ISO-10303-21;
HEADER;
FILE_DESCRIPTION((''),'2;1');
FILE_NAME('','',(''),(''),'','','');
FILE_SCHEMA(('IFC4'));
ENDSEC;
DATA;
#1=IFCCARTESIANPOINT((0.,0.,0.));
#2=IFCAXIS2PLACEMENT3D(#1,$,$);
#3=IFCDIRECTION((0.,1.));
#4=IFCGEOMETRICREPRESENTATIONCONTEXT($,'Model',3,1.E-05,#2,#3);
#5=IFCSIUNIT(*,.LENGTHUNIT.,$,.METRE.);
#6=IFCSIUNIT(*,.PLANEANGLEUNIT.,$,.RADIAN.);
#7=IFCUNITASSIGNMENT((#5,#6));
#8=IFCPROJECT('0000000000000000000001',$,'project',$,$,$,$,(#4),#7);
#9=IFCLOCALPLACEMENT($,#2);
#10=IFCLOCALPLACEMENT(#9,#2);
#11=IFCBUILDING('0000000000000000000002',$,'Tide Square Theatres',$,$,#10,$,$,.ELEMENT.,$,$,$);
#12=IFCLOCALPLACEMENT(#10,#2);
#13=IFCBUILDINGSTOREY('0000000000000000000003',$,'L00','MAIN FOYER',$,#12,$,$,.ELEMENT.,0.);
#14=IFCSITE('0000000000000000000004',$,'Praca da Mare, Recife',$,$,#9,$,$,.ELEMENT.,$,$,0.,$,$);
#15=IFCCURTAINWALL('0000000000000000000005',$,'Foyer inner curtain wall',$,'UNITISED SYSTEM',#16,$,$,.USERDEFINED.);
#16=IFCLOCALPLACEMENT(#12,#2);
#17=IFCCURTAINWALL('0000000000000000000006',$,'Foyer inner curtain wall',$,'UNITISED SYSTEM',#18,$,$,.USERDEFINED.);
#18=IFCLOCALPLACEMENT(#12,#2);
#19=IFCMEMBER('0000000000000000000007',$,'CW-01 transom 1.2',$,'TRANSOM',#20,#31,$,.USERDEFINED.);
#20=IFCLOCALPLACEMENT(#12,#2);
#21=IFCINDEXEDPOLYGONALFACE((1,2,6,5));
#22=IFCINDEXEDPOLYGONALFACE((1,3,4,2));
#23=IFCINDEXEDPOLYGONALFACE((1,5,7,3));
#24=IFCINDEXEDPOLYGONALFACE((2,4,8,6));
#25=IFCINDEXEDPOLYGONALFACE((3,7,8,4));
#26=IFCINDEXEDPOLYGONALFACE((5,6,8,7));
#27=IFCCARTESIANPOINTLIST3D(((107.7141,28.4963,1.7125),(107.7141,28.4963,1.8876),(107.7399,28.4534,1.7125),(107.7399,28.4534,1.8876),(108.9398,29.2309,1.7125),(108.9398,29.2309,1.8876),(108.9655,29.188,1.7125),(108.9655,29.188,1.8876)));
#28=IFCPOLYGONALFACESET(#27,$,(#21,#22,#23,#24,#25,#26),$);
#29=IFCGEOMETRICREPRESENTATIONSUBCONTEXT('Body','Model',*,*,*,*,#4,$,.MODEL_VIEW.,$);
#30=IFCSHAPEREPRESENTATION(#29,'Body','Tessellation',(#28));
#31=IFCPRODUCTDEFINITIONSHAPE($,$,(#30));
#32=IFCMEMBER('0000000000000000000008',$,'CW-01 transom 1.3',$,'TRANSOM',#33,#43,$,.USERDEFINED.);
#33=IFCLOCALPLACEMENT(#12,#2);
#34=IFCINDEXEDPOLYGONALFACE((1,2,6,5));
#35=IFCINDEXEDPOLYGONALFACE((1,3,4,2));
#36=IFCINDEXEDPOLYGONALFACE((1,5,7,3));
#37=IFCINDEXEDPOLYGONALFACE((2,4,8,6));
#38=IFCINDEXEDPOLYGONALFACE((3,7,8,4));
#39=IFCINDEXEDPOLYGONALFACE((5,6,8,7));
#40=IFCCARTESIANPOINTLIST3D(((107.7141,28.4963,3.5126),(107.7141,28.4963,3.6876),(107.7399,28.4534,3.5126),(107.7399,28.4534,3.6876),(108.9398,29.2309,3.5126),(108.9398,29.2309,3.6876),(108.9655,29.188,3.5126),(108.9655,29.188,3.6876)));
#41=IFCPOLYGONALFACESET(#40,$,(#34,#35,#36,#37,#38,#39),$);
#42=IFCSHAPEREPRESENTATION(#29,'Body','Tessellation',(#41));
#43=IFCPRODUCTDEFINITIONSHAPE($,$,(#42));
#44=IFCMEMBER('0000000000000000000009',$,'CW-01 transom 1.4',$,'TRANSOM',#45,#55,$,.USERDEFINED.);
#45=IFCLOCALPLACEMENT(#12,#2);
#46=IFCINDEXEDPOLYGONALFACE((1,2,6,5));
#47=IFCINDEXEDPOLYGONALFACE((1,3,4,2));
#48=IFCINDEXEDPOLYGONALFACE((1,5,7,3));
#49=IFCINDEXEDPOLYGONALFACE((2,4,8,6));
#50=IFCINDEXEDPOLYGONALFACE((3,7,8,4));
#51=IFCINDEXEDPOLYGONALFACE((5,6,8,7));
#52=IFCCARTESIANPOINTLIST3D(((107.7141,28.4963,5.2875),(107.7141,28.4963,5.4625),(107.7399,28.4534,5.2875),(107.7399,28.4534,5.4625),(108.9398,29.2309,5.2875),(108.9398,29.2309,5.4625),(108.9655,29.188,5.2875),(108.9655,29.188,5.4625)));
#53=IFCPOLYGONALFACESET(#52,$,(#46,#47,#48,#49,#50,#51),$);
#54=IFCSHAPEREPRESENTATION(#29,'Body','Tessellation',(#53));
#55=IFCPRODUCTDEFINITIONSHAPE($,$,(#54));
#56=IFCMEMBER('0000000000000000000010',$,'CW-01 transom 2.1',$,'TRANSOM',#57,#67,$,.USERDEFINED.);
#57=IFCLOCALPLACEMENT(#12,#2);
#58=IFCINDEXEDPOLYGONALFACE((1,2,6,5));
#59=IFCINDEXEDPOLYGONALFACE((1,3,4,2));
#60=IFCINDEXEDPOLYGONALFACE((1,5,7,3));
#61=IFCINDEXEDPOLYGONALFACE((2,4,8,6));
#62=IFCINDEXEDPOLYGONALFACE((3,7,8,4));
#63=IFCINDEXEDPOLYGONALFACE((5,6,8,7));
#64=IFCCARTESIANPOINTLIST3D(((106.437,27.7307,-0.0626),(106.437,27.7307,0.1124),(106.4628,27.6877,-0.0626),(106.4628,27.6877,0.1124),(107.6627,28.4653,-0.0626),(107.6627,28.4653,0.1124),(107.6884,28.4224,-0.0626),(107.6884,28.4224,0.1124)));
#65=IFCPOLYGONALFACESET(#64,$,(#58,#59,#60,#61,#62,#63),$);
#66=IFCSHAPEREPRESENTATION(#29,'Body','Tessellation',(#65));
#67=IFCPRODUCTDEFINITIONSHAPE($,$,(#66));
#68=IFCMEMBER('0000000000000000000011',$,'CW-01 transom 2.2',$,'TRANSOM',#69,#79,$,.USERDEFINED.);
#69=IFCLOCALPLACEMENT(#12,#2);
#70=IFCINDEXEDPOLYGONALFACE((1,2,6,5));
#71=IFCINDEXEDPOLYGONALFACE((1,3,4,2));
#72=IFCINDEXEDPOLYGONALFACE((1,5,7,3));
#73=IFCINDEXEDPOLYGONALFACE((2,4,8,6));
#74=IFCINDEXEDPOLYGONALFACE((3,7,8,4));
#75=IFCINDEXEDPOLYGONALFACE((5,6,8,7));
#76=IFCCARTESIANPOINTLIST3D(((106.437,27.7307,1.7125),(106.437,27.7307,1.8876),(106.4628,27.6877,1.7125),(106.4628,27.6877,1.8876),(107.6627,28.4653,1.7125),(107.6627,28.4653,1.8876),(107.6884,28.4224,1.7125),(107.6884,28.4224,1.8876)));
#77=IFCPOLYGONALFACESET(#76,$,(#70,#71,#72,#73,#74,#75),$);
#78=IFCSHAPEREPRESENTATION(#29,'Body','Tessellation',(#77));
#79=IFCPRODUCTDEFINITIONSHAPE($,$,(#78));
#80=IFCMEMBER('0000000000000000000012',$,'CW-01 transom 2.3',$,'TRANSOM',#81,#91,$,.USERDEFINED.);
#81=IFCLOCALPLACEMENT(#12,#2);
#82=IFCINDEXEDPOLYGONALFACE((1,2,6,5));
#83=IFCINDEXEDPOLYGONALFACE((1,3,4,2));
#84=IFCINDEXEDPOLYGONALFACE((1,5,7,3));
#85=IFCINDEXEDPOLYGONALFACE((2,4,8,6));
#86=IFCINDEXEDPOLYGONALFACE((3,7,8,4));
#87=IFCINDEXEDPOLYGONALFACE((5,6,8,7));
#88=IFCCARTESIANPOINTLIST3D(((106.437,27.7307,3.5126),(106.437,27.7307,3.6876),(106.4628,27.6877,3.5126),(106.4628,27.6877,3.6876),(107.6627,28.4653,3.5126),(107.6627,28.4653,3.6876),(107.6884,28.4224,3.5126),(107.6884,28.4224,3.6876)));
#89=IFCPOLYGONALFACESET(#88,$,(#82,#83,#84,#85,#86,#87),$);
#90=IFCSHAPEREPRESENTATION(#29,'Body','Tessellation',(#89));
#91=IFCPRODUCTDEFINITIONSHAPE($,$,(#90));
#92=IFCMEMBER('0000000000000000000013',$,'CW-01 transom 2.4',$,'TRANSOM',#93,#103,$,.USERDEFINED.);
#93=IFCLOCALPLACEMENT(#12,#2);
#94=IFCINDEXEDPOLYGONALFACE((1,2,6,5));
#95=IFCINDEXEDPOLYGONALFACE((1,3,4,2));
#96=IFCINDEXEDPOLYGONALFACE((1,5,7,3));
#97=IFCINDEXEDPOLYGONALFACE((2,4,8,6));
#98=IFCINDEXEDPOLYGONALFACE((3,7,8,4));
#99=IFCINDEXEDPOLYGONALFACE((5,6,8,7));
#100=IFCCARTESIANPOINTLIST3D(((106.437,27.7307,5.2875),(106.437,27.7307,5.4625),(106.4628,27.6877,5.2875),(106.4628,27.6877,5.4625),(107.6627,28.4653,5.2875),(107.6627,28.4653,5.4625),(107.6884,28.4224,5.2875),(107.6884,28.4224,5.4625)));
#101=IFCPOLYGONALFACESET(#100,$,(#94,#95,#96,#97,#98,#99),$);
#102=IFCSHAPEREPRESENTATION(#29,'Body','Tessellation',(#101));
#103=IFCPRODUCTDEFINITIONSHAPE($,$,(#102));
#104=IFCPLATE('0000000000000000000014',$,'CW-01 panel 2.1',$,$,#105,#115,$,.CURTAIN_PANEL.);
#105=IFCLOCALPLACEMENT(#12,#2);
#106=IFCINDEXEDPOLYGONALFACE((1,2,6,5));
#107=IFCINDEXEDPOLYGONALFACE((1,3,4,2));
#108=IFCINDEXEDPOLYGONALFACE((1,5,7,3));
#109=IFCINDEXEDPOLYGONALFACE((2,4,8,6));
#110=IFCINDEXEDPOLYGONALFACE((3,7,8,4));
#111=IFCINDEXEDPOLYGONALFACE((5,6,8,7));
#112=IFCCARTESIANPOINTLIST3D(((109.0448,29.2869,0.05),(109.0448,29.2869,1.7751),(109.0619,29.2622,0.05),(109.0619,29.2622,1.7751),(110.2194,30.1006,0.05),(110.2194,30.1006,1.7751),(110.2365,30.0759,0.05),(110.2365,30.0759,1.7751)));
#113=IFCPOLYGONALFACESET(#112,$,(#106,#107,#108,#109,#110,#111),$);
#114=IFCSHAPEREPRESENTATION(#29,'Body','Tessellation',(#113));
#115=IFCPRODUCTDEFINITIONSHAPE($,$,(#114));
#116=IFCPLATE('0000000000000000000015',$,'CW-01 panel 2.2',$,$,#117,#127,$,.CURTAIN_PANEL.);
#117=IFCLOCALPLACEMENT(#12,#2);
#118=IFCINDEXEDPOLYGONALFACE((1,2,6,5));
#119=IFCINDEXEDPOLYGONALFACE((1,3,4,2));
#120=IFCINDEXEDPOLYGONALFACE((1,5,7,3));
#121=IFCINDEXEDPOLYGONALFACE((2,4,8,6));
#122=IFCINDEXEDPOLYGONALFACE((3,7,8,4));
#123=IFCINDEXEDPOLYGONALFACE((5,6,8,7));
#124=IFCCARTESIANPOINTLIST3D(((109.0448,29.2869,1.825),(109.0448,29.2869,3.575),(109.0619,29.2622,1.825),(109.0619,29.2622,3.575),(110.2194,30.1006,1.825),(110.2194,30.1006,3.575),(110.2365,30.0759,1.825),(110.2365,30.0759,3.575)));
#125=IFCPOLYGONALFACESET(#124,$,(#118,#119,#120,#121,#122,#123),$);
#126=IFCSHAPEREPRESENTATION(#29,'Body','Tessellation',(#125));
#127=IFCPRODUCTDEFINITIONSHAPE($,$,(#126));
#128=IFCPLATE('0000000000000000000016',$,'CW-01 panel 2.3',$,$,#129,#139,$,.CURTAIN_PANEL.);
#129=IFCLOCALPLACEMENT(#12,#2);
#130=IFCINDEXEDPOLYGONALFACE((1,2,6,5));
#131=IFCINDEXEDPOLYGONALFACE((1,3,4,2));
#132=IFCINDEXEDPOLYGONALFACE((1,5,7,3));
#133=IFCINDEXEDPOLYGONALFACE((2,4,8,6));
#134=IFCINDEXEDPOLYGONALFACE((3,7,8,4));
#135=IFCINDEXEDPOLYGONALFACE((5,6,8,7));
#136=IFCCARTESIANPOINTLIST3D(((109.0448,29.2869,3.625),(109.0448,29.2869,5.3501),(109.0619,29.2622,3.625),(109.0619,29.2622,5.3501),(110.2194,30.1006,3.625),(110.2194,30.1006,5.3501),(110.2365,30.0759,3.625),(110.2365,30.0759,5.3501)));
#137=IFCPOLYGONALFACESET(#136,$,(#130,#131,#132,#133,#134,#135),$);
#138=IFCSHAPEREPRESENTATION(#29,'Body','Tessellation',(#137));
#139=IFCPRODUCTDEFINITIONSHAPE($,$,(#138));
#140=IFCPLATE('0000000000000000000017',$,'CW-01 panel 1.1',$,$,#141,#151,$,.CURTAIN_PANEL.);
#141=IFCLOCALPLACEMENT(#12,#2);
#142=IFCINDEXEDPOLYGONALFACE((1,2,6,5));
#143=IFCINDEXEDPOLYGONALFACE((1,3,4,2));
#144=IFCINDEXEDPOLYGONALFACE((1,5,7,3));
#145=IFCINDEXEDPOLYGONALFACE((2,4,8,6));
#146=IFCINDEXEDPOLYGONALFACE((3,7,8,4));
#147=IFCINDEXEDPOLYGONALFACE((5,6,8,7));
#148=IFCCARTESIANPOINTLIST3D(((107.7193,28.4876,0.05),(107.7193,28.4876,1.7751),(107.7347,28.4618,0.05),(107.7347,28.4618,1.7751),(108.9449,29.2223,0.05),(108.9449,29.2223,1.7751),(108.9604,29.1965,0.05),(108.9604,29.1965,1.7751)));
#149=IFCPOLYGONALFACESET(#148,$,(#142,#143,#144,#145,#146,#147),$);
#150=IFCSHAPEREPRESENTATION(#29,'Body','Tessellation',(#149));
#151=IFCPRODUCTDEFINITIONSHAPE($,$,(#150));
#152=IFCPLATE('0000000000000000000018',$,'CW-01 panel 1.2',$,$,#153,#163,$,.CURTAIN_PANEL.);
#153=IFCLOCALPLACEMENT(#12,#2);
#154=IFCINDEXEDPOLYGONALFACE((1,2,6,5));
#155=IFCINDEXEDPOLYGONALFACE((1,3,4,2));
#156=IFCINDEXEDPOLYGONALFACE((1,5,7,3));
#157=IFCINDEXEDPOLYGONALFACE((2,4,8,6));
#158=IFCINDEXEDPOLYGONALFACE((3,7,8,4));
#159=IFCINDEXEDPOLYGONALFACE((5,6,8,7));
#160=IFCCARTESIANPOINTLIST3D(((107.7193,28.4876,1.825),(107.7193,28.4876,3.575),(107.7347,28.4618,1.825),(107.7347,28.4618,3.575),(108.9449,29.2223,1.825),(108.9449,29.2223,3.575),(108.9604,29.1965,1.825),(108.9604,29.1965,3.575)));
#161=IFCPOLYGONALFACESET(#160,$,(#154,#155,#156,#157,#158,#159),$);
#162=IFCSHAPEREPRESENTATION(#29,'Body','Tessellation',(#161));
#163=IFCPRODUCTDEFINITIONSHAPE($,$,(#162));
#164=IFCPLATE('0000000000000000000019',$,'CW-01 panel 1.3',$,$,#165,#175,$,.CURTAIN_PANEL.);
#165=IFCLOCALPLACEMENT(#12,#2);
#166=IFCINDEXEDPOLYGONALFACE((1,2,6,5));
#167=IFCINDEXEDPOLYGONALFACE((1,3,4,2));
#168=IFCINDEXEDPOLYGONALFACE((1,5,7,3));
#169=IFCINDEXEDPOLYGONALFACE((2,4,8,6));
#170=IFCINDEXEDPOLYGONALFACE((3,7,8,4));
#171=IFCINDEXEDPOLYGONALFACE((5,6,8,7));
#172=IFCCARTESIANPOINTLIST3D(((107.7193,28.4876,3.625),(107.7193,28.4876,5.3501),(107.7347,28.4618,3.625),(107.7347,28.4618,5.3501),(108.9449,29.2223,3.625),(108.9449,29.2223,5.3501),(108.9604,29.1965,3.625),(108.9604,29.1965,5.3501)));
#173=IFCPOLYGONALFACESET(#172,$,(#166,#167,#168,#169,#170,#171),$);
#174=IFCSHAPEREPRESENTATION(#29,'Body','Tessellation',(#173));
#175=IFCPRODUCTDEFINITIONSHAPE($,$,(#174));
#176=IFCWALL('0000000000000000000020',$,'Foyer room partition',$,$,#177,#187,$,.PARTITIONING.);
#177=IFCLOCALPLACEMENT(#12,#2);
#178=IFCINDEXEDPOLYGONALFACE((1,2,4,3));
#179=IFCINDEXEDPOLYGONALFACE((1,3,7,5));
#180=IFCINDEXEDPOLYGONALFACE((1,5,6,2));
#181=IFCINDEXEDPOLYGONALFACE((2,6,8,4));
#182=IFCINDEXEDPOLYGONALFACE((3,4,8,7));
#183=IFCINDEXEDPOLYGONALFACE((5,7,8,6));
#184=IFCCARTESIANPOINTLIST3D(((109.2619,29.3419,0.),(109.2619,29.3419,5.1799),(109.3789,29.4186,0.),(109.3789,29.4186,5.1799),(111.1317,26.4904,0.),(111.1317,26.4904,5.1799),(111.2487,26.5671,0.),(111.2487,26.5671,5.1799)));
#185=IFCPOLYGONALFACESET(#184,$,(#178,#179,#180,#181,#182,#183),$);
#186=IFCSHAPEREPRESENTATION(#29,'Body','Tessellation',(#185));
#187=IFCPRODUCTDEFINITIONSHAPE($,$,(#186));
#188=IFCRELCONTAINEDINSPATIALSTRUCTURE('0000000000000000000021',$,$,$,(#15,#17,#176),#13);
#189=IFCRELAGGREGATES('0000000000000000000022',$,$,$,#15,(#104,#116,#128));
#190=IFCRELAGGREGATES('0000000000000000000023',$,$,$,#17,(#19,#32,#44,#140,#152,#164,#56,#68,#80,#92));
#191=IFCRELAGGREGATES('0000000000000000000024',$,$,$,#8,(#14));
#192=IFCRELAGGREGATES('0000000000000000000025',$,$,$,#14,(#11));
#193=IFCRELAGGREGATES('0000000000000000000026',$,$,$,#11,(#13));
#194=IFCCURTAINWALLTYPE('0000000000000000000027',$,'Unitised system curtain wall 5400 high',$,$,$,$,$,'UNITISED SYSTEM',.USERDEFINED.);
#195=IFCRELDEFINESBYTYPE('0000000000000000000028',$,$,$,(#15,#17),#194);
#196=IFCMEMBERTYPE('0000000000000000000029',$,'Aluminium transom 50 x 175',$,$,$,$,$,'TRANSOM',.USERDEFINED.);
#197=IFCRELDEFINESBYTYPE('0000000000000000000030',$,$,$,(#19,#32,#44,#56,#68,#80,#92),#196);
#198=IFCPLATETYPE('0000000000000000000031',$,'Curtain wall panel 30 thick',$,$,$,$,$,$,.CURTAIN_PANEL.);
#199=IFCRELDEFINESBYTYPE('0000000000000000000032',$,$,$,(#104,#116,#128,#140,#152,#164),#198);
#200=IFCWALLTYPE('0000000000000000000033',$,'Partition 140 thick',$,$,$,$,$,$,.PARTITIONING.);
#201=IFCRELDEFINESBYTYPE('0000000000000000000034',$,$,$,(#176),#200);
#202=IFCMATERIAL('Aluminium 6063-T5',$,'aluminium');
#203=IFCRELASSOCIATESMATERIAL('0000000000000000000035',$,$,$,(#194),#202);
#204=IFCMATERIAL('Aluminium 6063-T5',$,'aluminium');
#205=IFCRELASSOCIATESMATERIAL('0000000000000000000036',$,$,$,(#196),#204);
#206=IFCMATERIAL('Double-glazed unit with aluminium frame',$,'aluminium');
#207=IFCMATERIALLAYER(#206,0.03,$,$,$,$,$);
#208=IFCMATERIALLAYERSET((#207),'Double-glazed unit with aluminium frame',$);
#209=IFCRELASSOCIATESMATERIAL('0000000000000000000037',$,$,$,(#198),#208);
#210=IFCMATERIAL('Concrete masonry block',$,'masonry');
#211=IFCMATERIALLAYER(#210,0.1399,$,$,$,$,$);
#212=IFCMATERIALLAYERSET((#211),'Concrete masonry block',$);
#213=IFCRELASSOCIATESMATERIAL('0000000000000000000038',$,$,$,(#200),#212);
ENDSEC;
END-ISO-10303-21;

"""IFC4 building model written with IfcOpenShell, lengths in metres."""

from ifc_helpers import new_model, si_unit, direction, frame, frame_2d, origin, origin_2d, place, context, subcontext, project, spatial, rectangle, extrude, material, layer, layer_set, material_profile, profile_set, type_object, element, aggregate, save


model = new_model("IFC4")

# Units and contexts
model_context = context("Model", 3, precision=1e-05, world=origin(), true_north=direction((0.0, 1.0)))
body_context = subcontext(model_context, "Body", "Model", "MODEL_VIEW")
ifc_project = project(units=[si_unit("LENGTHUNIT", "METRE"), si_unit("PLANEANGLEUNIT", "RADIAN")], contexts=[model_context])

# Site, building, storey
site_placement = place(None, origin())
site = spatial("IfcSite", under=ifc_project, at=site_placement, Name="Praca da Mare, Recife", CompositionType="ELEMENT", RefElevation=0.0)
building_placement = place(site_placement, origin())
building = spatial("IfcBuilding", under=site, at=building_placement, Name="Tide Square Theatres", CompositionType="ELEMENT")
storey_placement = place(building_placement, origin())
storey = spatial("IfcBuildingStorey", under=building, at=storey_placement, Name="L00", Description="MAIN FOYER", CompositionType="ELEMENT", Elevation=0.0)

# Curtain walls
ifc_material_1 = material(Name="Aluminium 6063-T5", Category="aluminium")
curtain_wall_type = type_object("IfcCurtainWallType", Name="Unitised system curtain wall 5400 high", ElementType="UNITISED SYSTEM", PredefinedType="USERDEFINED", material=ifc_material_1)
curtain_wall_1_placement = place(storey_placement, origin())
curtain_wall_1 = element("IfcCurtainWall", 1, at=curtain_wall_1_placement, inside=storey, type_object=curtain_wall_type, Name="Foyer inner curtain wall", ObjectType="UNITISED SYSTEM", PredefinedType="USERDEFINED")
curtain_wall_2_placement = place(storey_placement, origin())
curtain_wall_2 = element("IfcCurtainWall", 2, at=curtain_wall_2_placement, inside=storey, type_object=curtain_wall_type, Name="Foyer inner curtain wall", ObjectType="UNITISED SYSTEM", PredefinedType="USERDEFINED")

# Members
ifc_material_2 = material(Name="Aluminium 6063-T5", Category="aluminium")
ifc_material_profile_1 = material_profile(ifc_material_2, rectangle(XDim=0.05, YDim=0.175, at=origin_2d()))
ifc_profile_set_1 = profile_set([ifc_material_profile_1], Name="Aluminium 6063-T5")
member_type_1 = type_object("IfcMemberType", Name="Aluminium transom 50 x 175", ElementType="TRANSOM", PredefinedType="USERDEFINED", material=ifc_profile_set_1)
member_1_placement = place(storey_placement, frame((108.9526, 29.2095, 1.8), z_axis=(-0.857719, -0.514119, 0.0), x_axis=(0.514119, -0.857719, 0.0)))
member_1 = element("IfcMember", 3, at=member_1_placement, type_object=member_type_1, Name="CW-01 transom 1.2", ObjectType="TRANSOM", PredefinedType="USERDEFINED", context=body_context, shape_type="SweptSolid", body=[
    extrude(rectangle(XDim=0.05, YDim=0.175, at=origin_2d()), origin(), (0.0, 0.0, 1.0), 1.429),
])
member_2_placement = place(storey_placement, frame((108.9526, 29.2095, 3.6001), z_axis=(-0.857719, -0.514119, 0.0), x_axis=(0.514119, -0.857719, 0.0)))
member_2 = element("IfcMember", 4, at=member_2_placement, type_object=member_type_1, Name="CW-01 transom 1.3", ObjectType="TRANSOM", PredefinedType="USERDEFINED", context=body_context, shape_type="SweptSolid", body=[
    extrude(rectangle(XDim=0.05, YDim=0.175, at=origin_2d()), origin(), (0.0, 0.0, 1.0), 1.429),
])
member_3_placement = place(storey_placement, frame((108.9526, 29.2095, 5.375), z_axis=(-0.857719, -0.514119, 0.0), x_axis=(0.514119, -0.857719, 0.0)))
member_3 = element("IfcMember", 5, at=member_3_placement, type_object=member_type_1, Name="CW-01 transom 1.4", ObjectType="TRANSOM", PredefinedType="USERDEFINED", context=body_context, shape_type="SweptSolid", body=[
    extrude(rectangle(XDim=0.05, YDim=0.175, at=origin_2d()), origin(), (0.0, 0.0, 1.0), 1.429),
])
member_4_placement = place(storey_placement, frame((107.6755, 28.4438, 0.0249), z_axis=(-0.857719, -0.514119, 0.0), x_axis=(0.514119, -0.857719, 0.0)))
member_4 = element("IfcMember", 6, at=member_4_placement, type_object=member_type_1, Name="CW-01 transom 2.1", ObjectType="TRANSOM", PredefinedType="USERDEFINED", context=body_context, shape_type="SweptSolid", body=[
    extrude(rectangle(XDim=0.05, YDim=0.175, at=origin_2d()), origin(), (0.0, 0.0, 1.0), 1.429),
])
member_5_placement = place(storey_placement, frame((107.6755, 28.4438, 1.8), z_axis=(-0.857719, -0.514119, 0.0), x_axis=(0.514119, -0.857719, 0.0)))
member_5 = element("IfcMember", 7, at=member_5_placement, type_object=member_type_1, Name="CW-01 transom 2.2", ObjectType="TRANSOM", PredefinedType="USERDEFINED", context=body_context, shape_type="SweptSolid", body=[
    extrude(rectangle(XDim=0.05, YDim=0.175, at=origin_2d()), origin(), (0.0, 0.0, 1.0), 1.429),
])
member_6_placement = place(storey_placement, frame((107.6755, 28.4438, 3.6001), z_axis=(-0.857719, -0.514119, 0.0), x_axis=(0.514119, -0.857719, 0.0)))
member_6 = element("IfcMember", 8, at=member_6_placement, type_object=member_type_1, Name="CW-01 transom 2.3", ObjectType="TRANSOM", PredefinedType="USERDEFINED", context=body_context, shape_type="SweptSolid", body=[
    extrude(rectangle(XDim=0.05, YDim=0.175, at=origin_2d()), origin(), (0.0, 0.0, 1.0), 1.429),
])
member_7_placement = place(storey_placement, frame((107.6755, 28.4438, 5.375), z_axis=(-0.857719, -0.514119, 0.0), x_axis=(0.514119, -0.857719, 0.0)))
member_7 = element("IfcMember", 9, at=member_7_placement, type_object=member_type_1, Name="CW-01 transom 2.4", ObjectType="TRANSOM", PredefinedType="USERDEFINED", context=body_context, shape_type="SweptSolid", body=[
    extrude(rectangle(XDim=0.05, YDim=0.175, at=origin_2d()), origin(), (0.0, 0.0, 1.0), 1.429),
])

# Plates
ifc_material_3 = material(Name="Double-glazed unit with aluminium frame", Category="aluminium")
ifc_layer_1 = layer(ifc_material_3, 0.03)
ifc_layer_set_1 = layer_set([ifc_layer_1], Name="Double-glazed unit with aluminium frame")
plate_type = type_object("IfcPlateType", Name="Curtain wall panel 30 thick", PredefinedType="CURTAIN_PANEL", material=ifc_layer_set_1)
plate_1_placement = place(storey_placement, frame((109.6406, 29.6814, 0.05), z_axis=(0.0, 0.0, 1.0), x_axis=(-0.822012, -0.56947, 0.0)))
plate_1 = element("IfcPlate", 10, at=plate_1_placement, type_object=plate_type, Name="CW-01 panel 2.1", PredefinedType="CURTAIN_PANEL", context=body_context, shape_type="SweptSolid", body=[
    extrude(rectangle(XDim=1.429, YDim=0.03, at=origin_2d()), origin(), (0.0, 0.0, 1.0), 1.7251),
])
plate_2_placement = place(storey_placement, frame((109.6406, 29.6814, 1.825), z_axis=(0.0, 0.0, 1.0), x_axis=(-0.822012, -0.56947, 0.0)))
plate_2 = element("IfcPlate", 11, at=plate_2_placement, type_object=plate_type, Name="CW-01 panel 2.2", PredefinedType="CURTAIN_PANEL", context=body_context, shape_type="SweptSolid", body=[
    extrude(rectangle(XDim=1.429, YDim=0.03, at=origin_2d()), origin(), (0.0, 0.0, 1.0), 1.75),
])
plate_3_placement = place(storey_placement, frame((109.6406, 29.6814, 3.625), z_axis=(0.0, 0.0, 1.0), x_axis=(-0.822012, -0.56947, 0.0)))
plate_3 = element("IfcPlate", 12, at=plate_3_placement, type_object=plate_type, Name="CW-01 panel 2.3", PredefinedType="CURTAIN_PANEL", context=body_context, shape_type="SweptSolid", body=[
    extrude(rectangle(XDim=1.429, YDim=0.03, at=origin_2d()), origin(), (0.0, 0.0, 1.0), 1.7251),
])
aggregate(curtain_wall_1, [plate_1, plate_2, plate_3])
plate_4_placement = place(storey_placement, frame((108.3398, 28.842, 0.05), z_axis=(0.0, 0.0, 1.0), x_axis=(-0.857714, -0.514128, 0.0)))
plate_4 = element("IfcPlate", 13, at=plate_4_placement, type_object=plate_type, Name="CW-01 panel 1.1", PredefinedType="CURTAIN_PANEL", context=body_context, shape_type="SweptSolid", body=[
    extrude(rectangle(XDim=1.429, YDim=0.03, at=origin_2d()), origin(), (0.0, 0.0, 1.0), 1.7251),
])
plate_5_placement = place(storey_placement, frame((108.3398, 28.842, 1.825), z_axis=(0.0, 0.0, 1.0), x_axis=(-0.857714, -0.514128, 0.0)))
plate_5 = element("IfcPlate", 14, at=plate_5_placement, type_object=plate_type, Name="CW-01 panel 1.2", PredefinedType="CURTAIN_PANEL", context=body_context, shape_type="SweptSolid", body=[
    extrude(rectangle(XDim=1.429, YDim=0.03, at=origin_2d()), origin(), (0.0, 0.0, 1.0), 1.75),
])
plate_6_placement = place(storey_placement, frame((108.3398, 28.842, 3.625), z_axis=(0.0, 0.0, 1.0), x_axis=(-0.857714, -0.514128, 0.0)))
plate_6 = element("IfcPlate", 15, at=plate_6_placement, type_object=plate_type, Name="CW-01 panel 1.3", PredefinedType="CURTAIN_PANEL", context=body_context, shape_type="SweptSolid", body=[
    extrude(rectangle(XDim=1.429, YDim=0.03, at=origin_2d()), origin(), (0.0, 0.0, 1.0), 1.7251),
])
aggregate(curtain_wall_2, [member_1, member_2, member_3, plate_4, plate_5, plate_6, member_4, member_5, member_6, member_7])

# Wall
ifc_material_4 = material(Name="Concrete masonry block", Category="masonry")
ifc_layer_2 = layer(ifc_material_4, 0.1399)
ifc_layer_set_2 = layer_set([ifc_layer_2], Name="Concrete masonry block")
wall_type = type_object("IfcWallType", Name="Partition 140 thick", PredefinedType="PARTITIONING", material=ifc_layer_set_2)
wall_placement = place(storey_placement, frame((109.3203, 29.3804, 0.0), z_axis=(0.0, 0.0, 1.0), x_axis=(0.548356, -0.836245, 0.0)))
element("IfcWall", 16, at=wall_placement, inside=storey, type_object=wall_type, Name="Foyer room partition", PredefinedType="PARTITIONING", context=body_context, shape_type="SweptSolid", body=[
    extrude(rectangle(XDim=3.4099, YDim=0.1399, at=frame_2d((1.7051, 0.0))), origin(), (0.0, 0.0, 1.0), 5.1799),
])

save(model, "model.ifc")
